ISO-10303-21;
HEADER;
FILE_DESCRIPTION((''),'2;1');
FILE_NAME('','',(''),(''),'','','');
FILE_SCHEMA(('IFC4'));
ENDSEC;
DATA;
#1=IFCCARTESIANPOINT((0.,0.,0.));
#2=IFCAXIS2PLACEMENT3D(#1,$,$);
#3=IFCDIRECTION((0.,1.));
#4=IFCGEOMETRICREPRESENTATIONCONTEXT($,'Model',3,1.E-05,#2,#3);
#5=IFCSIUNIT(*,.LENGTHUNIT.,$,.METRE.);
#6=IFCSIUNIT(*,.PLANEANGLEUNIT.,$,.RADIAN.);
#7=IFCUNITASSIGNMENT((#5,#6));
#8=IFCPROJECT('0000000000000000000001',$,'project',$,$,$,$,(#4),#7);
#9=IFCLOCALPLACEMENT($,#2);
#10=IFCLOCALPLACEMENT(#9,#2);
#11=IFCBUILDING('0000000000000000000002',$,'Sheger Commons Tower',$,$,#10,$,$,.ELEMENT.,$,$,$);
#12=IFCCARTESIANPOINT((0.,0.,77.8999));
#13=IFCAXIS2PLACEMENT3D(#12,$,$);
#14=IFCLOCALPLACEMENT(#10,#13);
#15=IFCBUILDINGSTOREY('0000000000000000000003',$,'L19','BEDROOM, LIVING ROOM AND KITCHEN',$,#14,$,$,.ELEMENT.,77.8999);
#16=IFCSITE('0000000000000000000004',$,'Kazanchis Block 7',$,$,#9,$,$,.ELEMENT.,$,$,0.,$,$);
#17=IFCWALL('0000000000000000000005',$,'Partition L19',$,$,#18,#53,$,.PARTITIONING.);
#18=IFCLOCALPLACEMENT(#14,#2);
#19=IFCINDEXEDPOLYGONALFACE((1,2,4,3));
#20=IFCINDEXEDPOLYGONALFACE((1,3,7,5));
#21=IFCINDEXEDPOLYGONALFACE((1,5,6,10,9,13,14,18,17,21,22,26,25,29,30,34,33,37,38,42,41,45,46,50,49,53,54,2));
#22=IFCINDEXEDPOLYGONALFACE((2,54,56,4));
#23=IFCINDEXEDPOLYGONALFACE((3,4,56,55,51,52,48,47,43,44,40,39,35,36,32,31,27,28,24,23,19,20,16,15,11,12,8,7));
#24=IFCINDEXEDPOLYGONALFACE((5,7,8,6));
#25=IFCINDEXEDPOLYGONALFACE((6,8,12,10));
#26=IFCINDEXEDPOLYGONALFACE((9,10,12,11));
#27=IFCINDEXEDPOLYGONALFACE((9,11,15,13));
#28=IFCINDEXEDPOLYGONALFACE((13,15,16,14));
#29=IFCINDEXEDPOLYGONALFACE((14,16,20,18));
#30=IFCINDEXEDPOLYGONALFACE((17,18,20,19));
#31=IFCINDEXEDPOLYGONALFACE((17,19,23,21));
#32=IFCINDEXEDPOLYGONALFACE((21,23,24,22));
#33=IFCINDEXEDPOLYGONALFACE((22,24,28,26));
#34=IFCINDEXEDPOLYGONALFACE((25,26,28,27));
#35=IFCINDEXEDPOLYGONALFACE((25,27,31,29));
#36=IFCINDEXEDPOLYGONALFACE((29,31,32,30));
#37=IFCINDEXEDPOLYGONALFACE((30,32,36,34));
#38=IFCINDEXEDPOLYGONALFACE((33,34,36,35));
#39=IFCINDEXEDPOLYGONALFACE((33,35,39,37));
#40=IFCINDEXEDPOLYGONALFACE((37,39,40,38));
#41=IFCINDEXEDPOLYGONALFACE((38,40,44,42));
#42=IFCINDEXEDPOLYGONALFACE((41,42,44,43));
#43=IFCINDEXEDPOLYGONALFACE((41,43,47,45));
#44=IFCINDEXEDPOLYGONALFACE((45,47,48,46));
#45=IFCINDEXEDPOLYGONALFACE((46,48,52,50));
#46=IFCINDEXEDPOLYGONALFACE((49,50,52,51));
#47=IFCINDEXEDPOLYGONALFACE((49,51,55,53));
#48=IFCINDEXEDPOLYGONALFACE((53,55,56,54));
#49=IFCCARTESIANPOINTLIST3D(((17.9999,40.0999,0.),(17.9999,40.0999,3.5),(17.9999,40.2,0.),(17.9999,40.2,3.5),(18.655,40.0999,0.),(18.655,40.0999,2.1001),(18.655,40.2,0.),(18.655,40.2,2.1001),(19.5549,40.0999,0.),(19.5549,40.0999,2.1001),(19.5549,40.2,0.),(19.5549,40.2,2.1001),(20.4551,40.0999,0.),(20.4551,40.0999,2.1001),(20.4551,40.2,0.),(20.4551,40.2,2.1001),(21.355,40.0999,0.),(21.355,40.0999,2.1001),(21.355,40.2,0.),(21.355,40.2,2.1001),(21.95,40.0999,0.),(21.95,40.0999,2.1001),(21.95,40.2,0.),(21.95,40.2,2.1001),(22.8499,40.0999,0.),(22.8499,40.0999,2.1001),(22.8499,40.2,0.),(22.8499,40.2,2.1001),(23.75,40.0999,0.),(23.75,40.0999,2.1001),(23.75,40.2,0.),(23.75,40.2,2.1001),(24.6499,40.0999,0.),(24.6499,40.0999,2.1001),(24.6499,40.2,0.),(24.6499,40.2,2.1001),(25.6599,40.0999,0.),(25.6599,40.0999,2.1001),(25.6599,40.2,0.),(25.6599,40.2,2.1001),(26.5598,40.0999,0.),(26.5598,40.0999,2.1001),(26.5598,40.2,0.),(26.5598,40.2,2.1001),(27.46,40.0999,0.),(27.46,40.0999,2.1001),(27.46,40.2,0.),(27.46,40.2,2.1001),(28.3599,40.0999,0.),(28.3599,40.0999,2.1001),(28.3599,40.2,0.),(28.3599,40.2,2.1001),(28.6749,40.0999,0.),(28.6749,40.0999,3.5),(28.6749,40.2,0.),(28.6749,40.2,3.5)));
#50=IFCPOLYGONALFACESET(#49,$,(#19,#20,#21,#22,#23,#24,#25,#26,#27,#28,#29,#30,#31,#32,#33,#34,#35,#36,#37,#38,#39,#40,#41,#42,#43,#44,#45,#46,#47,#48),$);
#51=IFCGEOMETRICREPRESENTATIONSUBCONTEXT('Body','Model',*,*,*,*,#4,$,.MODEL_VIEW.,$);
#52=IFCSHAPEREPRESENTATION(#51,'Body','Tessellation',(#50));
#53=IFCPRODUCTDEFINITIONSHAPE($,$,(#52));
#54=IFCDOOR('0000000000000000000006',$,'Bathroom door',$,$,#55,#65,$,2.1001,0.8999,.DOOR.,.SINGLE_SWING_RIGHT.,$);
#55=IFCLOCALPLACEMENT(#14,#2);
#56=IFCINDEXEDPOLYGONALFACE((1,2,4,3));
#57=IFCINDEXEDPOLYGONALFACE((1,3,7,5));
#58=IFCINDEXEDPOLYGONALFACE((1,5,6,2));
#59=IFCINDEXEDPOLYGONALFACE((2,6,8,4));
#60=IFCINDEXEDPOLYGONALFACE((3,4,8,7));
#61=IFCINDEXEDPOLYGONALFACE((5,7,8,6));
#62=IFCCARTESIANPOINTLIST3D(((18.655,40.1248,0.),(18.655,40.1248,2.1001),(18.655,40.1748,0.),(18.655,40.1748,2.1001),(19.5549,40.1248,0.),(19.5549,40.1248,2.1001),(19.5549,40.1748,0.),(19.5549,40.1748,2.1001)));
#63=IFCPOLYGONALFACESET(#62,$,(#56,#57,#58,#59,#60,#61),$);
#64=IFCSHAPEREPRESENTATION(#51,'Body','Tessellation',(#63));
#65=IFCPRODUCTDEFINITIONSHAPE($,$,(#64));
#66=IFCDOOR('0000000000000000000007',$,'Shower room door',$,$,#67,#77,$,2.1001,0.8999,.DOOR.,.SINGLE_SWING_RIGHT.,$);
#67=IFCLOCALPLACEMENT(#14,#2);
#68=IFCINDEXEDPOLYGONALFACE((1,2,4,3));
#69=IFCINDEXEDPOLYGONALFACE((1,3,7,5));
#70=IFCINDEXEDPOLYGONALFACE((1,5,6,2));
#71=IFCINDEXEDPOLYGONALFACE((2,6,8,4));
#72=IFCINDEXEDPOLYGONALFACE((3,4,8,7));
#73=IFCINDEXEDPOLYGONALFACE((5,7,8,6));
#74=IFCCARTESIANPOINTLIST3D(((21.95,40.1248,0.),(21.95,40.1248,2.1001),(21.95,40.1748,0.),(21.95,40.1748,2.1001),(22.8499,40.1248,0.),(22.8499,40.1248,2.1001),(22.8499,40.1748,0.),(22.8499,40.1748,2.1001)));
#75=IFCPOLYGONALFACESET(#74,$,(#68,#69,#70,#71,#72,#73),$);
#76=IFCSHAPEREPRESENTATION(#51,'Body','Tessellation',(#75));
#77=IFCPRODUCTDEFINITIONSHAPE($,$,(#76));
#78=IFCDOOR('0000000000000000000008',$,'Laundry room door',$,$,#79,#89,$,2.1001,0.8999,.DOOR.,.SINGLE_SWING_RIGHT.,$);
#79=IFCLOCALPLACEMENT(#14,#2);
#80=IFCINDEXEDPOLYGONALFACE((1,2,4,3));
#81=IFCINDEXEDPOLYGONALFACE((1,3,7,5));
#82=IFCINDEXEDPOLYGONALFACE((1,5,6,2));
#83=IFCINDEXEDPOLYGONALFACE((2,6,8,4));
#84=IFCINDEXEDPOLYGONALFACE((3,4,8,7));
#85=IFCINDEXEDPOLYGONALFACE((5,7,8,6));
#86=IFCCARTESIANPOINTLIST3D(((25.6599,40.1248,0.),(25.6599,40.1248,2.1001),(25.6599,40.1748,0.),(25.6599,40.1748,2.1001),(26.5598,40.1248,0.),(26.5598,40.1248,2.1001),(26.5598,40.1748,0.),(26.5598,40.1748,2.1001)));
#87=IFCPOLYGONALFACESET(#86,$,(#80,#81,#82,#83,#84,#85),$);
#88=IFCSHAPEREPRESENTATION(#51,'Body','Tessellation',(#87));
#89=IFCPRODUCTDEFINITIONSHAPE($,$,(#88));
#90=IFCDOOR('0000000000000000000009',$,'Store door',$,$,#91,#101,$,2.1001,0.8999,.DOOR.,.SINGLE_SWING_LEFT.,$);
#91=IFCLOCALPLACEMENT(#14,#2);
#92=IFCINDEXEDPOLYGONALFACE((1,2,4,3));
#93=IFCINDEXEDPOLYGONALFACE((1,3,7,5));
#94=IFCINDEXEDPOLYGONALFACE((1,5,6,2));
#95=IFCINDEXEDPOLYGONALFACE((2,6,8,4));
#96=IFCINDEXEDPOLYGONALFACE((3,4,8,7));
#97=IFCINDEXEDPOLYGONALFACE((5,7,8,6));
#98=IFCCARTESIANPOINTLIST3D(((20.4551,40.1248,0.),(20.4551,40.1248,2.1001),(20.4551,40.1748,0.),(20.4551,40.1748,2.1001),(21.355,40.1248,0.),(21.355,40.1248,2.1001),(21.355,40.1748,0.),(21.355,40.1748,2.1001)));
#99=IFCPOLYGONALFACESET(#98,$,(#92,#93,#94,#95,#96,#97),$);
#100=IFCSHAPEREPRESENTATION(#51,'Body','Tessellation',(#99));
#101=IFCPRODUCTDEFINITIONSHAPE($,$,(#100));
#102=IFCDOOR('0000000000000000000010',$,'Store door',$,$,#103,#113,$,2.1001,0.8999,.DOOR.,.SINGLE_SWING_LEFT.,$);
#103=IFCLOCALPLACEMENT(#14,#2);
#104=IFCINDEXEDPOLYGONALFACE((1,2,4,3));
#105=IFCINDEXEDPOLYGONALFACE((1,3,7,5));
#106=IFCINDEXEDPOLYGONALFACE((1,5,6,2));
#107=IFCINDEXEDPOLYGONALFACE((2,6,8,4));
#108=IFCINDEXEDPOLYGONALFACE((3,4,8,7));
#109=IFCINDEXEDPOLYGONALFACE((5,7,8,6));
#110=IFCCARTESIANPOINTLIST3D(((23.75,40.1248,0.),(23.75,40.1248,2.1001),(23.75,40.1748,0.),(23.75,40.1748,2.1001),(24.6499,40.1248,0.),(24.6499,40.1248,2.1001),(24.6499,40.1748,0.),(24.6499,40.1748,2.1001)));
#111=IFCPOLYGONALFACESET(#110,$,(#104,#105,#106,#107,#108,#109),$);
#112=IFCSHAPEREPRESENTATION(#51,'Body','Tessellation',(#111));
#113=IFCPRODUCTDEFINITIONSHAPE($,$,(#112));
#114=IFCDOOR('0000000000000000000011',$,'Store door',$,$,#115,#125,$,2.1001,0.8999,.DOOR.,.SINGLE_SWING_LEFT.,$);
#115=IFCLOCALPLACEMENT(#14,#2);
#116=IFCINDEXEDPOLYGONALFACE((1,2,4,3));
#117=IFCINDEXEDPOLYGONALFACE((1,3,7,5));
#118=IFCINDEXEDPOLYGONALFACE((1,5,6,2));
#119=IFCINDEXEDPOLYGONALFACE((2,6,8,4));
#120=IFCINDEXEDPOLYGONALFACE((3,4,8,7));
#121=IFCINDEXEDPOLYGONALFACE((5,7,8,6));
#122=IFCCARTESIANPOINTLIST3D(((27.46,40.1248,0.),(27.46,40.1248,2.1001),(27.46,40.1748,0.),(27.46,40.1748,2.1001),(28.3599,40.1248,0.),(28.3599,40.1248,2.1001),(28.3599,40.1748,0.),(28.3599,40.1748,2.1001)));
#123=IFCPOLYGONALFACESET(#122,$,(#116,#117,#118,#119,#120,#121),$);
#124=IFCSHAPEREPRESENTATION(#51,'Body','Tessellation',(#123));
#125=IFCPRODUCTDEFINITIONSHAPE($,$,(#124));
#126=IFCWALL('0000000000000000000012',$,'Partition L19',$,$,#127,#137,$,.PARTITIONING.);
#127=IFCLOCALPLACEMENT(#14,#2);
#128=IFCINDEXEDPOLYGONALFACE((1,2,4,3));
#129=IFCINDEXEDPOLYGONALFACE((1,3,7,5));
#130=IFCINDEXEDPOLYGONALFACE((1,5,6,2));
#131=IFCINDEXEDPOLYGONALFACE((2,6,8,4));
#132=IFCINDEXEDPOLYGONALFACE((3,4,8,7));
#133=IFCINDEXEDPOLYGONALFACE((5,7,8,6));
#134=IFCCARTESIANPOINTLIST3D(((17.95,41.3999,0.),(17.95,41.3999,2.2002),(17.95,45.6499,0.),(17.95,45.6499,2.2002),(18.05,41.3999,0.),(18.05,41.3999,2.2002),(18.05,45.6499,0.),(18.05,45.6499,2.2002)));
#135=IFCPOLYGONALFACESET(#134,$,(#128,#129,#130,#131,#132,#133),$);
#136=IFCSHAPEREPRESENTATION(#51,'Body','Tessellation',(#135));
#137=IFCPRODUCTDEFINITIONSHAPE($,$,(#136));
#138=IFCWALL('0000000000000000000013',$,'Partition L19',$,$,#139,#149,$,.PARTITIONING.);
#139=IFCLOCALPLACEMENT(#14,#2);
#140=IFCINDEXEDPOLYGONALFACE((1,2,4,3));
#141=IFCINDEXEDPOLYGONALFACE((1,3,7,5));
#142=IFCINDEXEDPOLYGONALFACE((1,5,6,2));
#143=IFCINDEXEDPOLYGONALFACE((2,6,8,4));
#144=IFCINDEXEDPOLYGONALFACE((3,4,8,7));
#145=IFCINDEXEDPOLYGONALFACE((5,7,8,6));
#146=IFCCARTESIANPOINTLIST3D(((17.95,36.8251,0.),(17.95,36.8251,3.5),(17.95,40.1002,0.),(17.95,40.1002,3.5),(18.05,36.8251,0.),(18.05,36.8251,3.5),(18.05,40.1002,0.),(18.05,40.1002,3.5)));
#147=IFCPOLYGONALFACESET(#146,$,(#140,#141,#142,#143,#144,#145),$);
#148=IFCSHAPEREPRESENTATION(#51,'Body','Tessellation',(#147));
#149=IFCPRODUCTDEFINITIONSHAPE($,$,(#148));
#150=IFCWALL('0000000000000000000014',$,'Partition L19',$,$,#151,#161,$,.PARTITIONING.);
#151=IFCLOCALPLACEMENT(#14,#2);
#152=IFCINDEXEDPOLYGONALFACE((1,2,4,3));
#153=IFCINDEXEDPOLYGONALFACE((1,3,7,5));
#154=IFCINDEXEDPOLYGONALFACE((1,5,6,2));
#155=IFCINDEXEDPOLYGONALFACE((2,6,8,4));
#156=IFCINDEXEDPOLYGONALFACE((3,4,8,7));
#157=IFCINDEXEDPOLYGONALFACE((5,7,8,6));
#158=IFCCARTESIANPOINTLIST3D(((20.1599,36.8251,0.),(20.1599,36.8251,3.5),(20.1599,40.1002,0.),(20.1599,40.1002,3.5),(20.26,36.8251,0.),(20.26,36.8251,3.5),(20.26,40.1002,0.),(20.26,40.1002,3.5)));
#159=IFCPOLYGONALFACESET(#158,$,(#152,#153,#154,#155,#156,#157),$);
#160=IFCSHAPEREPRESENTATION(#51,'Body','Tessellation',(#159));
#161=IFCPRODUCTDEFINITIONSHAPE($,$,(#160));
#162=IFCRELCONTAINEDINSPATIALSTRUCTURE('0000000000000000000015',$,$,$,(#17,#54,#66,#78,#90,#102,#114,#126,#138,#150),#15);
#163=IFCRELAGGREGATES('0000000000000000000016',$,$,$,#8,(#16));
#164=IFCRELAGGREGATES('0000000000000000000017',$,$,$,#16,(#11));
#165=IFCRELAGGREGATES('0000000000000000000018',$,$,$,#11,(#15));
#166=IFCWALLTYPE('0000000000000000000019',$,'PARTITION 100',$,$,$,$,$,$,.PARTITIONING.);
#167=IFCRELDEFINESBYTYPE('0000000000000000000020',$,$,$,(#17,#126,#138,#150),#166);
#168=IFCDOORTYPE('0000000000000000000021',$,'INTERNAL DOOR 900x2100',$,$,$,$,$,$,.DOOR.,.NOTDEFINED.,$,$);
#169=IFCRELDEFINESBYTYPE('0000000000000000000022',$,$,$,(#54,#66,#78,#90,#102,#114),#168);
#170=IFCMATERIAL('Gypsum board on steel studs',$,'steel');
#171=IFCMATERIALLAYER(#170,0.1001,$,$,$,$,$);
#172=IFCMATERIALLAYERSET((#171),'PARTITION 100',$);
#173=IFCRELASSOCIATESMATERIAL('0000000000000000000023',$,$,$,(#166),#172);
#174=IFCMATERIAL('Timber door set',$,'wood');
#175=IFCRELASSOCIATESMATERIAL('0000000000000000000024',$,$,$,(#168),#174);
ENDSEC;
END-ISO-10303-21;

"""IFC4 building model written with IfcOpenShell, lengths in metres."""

from ifc_helpers import new_model, si_unit, direction, frame, frame_2d, origin, place, context, subcontext, project, spatial, rectangle, extrude, material, layer, layer_set, type_object, element, fill, save


model = new_model("IFC4")

# Units and contexts
model_context = context("Model", 3, precision=1e-05, world=origin(), true_north=direction((0.0, 1.0)))
body_context = subcontext(model_context, "Body", "Model", "MODEL_VIEW")
ifc_project = project(units=[si_unit("LENGTHUNIT", "METRE"), si_unit("PLANEANGLEUNIT", "RADIAN")], contexts=[model_context])

# Site, building, storey
site_placement = place(None, origin())
site = spatial("IfcSite", under=ifc_project, at=site_placement, Name="Kazanchis Block 7", CompositionType="ELEMENT", RefElevation=0.0)
building_placement = place(site_placement, origin())
building = spatial("IfcBuilding", under=site, at=building_placement, Name="Sheger Commons Tower", CompositionType="ELEMENT")
storey_placement = place(building_placement, frame((0.0, 0.0, 77.8999)))
storey = spatial("IfcBuildingStorey", under=building, at=storey_placement, Name="L19", Description="BEDROOM, LIVING ROOM AND KITCHEN", CompositionType="ELEMENT", Elevation=77.8999)

# Wall, openings, doors
ifc_material_1 = material(Name="Gypsum board on steel studs", Category="steel")
ifc_layer_1 = layer(ifc_material_1, 0.1001)
ifc_layer_set_1 = layer_set([ifc_layer_1], Name="PARTITION 100")
wall_type_1 = type_object("IfcWallType", Name="PARTITION 100", PredefinedType="PARTITIONING", material=ifc_layer_set_1)
ifc_material_2 = material(Name="Timber door set", Category="wood")
door_type_1 = type_object("IfcDoorType", Name="INTERNAL DOOR 900x2100", OperationType="NOTDEFINED", PredefinedType="DOOR", material=ifc_material_2)
wall_1_placement = place(storey_placement, frame((18.0, 40.1499, 0.0), z_axis=(0.0, 0.0, 1.0), x_axis=(1.0, 0.0, 0.0)))
wall_1 = element("IfcWall", 1, at=wall_1_placement, inside=storey, type_object=wall_type_1, Name="Partition L19", PredefinedType="PARTITIONING", context=body_context, shape_type="SweptSolid", body=[
    extrude(rectangle(XDim=10.675, YDim=0.1001, at=frame_2d((5.3374, 0.0))), origin(), (0.0, 0.0, 1.0), 3.5),
])
opening_1_placement = place(wall_1_placement, frame((0.655, 0.0, 0.0)))
opening_1 = element("IfcOpeningElement", 2, at=opening_1_placement, cuts=wall_1, PredefinedType="OPENING", context=body_context, shape_type="SweptSolid", body=[
    extrude(rectangle(XDim=0.8999, YDim=2.1001, at=frame_2d((0.45, 1.05))), frame((0.0, 0.0601, 0.0), z_axis=(0.0, -1.0, 0.0), x_axis=(1.0, 0.0, 0.0)), (0.0, 0.0, 1.0), 0.1201),
])
opening_2_placement = place(wall_1_placement, frame((3.95, 0.0, 0.0)))
opening_2 = element("IfcOpeningElement", 3, at=opening_2_placement, cuts=wall_1, PredefinedType="OPENING", context=body_context, shape_type="SweptSolid", body=[
    extrude(rectangle(XDim=0.8999, YDim=2.1001, at=frame_2d((0.45, 1.05))), frame((0.0, 0.0601, 0.0), z_axis=(0.0, -1.0, 0.0), x_axis=(1.0, 0.0, 0.0)), (0.0, 0.0, 1.0), 0.1201),
])
opening_3_placement = place(wall_1_placement, frame((7.6599, 0.0, 0.0)))
opening_3 = element("IfcOpeningElement", 4, at=opening_3_placement, cuts=wall_1, PredefinedType="OPENING", context=body_context, shape_type="SweptSolid", body=[
    extrude(rectangle(XDim=0.8999, YDim=2.1001, at=frame_2d((0.45, 1.05))), frame((0.0, 0.0601, 0.0), z_axis=(0.0, -1.0, 0.0), x_axis=(1.0, 0.0, 0.0)), (0.0, 0.0, 1.0), 0.1201),
])
opening_4_placement = place(wall_1_placement, frame((2.4551, 0.0, 0.0)))
opening_4 = element("IfcOpeningElement", 5, at=opening_4_placement, cuts=wall_1, PredefinedType="OPENING", context=body_context, shape_type="SweptSolid", body=[
    extrude(rectangle(XDim=0.8999, YDim=2.1001, at=frame_2d((0.45, 1.05))), frame((0.0, 0.0601, 0.0), z_axis=(0.0, -1.0, 0.0), x_axis=(1.0, 0.0, 0.0)), (0.0, 0.0, 1.0), 0.1201),
])
opening_5_placement = place(wall_1_placement, frame((5.75, 0.0, 0.0)))
opening_5 = element("IfcOpeningElement", 6, at=opening_5_placement, cuts=wall_1, PredefinedType="OPENING", context=body_context, shape_type="SweptSolid", body=[
    extrude(rectangle(XDim=0.8999, YDim=2.1001, at=frame_2d((0.45, 1.05))), frame((0.0, 0.0601, 0.0), z_axis=(0.0, -1.0, 0.0), x_axis=(1.0, 0.0, 0.0)), (0.0, 0.0, 1.0), 0.1201),
])
opening_6_placement = place(wall_1_placement, frame((9.46, 0.0, 0.0)))
opening_6 = element("IfcOpeningElement", 7, at=opening_6_placement, cuts=wall_1, PredefinedType="OPENING", context=body_context, shape_type="SweptSolid", body=[
    extrude(rectangle(XDim=0.8999, YDim=2.1001, at=frame_2d((0.45, 1.05))), frame((0.0, 0.0601, 0.0), z_axis=(0.0, -1.0, 0.0), x_axis=(1.0, 0.0, 0.0)), (0.0, 0.0, 1.0), 0.1201),
])
door_1_placement = place(opening_1_placement, origin())
door_1 = element("IfcDoor", 8, at=door_1_placement, inside=storey, type_object=door_type_1, Name="Bathroom door", OperationType="SINGLE_SWING_RIGHT", OverallHeight=2.1001, OverallWidth=0.8999, PredefinedType="DOOR", context=body_context, shape_type="SweptSolid", body=[
    extrude(rectangle(XDim=0.8999, YDim=2.1001, at=frame_2d((0.45, 1.05))), frame((0.0, 0.0249, 0.0), z_axis=(0.0, -1.0, 0.0), x_axis=(1.0, 0.0, 0.0)), (0.0, 0.0, 1.0), 0.05),
])
fill(opening_1, door_1)
door_2_placement = place(opening_2_placement, origin())
door_2 = element("IfcDoor", 9, at=door_2_placement, inside=storey, type_object=door_type_1, Name="Shower room door", OperationType="SINGLE_SWING_RIGHT", OverallHeight=2.1001, OverallWidth=0.8999, PredefinedType="DOOR", context=body_context, shape_type="SweptSolid", body=[
    extrude(rectangle(XDim=0.8999, YDim=2.1001, at=frame_2d((0.45, 1.05))), frame((0.0, 0.0249, 0.0), z_axis=(0.0, -1.0, 0.0), x_axis=(1.0, 0.0, 0.0)), (0.0, 0.0, 1.0), 0.05),
])
fill(opening_2, door_2)
door_3_placement = place(opening_3_placement, origin())
door_3 = element("IfcDoor", 10, at=door_3_placement, inside=storey, type_object=door_type_1, Name="Laundry room door", OperationType="SINGLE_SWING_RIGHT", OverallHeight=2.1001, OverallWidth=0.8999, PredefinedType="DOOR", context=body_context, shape_type="SweptSolid", body=[
    extrude(rectangle(XDim=0.8999, YDim=2.1001, at=frame_2d((0.45, 1.05))), frame((0.0, 0.0249, 0.0), z_axis=(0.0, -1.0, 0.0), x_axis=(1.0, 0.0, 0.0)), (0.0, 0.0, 1.0), 0.05),
])
fill(opening_3, door_3)
door_4_placement = place(opening_4_placement, origin())
door_4 = element("IfcDoor", 11, at=door_4_placement, inside=storey, type_object=door_type_1, Name="Store door", OperationType="SINGLE_SWING_LEFT", OverallHeight=2.1001, OverallWidth=0.8999, PredefinedType="DOOR", context=body_context, shape_type="SweptSolid", body=[
    extrude(rectangle(XDim=0.8999, YDim=2.1001, at=frame_2d((0.45, 1.05))), frame((0.0, 0.0249, 0.0), z_axis=(0.0, -1.0, 0.0), x_axis=(1.0, 0.0, 0.0)), (0.0, 0.0, 1.0), 0.05),
])
fill(opening_4, door_4)
door_5_placement = place(opening_5_placement, origin())
door_5 = element("IfcDoor", 12, at=door_5_placement, inside=storey, type_object=door_type_1, Name="Store door", OperationType="SINGLE_SWING_LEFT", OverallHeight=2.1001, OverallWidth=0.8999, PredefinedType="DOOR", context=body_context, shape_type="SweptSolid", body=[
    extrude(rectangle(XDim=0.8999, YDim=2.1001, at=frame_2d((0.45, 1.05))), frame((0.0, 0.0249, 0.0), z_axis=(0.0, -1.0, 0.0), x_axis=(1.0, 0.0, 0.0)), (0.0, 0.0, 1.0), 0.05),
])
fill(opening_5, door_5)
door_6_placement = place(opening_6_placement, origin())
door_6 = element("IfcDoor", 13, at=door_6_placement, inside=storey, type_object=door_type_1, Name="Store door", OperationType="SINGLE_SWING_LEFT", OverallHeight=2.1001, OverallWidth=0.8999, PredefinedType="DOOR", context=body_context, shape_type="SweptSolid", body=[
    extrude(rectangle(XDim=0.8999, YDim=2.1001, at=frame_2d((0.45, 1.05))), frame((0.0, 0.0249, 0.0), z_axis=(0.0, -1.0, 0.0), x_axis=(1.0, 0.0, 0.0)), (0.0, 0.0, 1.0), 0.05),
])
fill(opening_6, door_6)

# Walls
wall_2_placement = place(storey_placement, frame((18.0, 41.3999, 0.0), z_axis=(0.0, 0.0, 1.0), x_axis=(0.0, 1.0, 0.0)))
element("IfcWall", 14, at=wall_2_placement, inside=storey, type_object=wall_type_1, Name="Partition L19", PredefinedType="PARTITIONING", context=body_context, shape_type="SweptSolid", body=[
    extrude(rectangle(XDim=4.25, YDim=0.1001, at=frame_2d((2.125, 0.0))), origin(), (0.0, 0.0, 1.0), 2.2002),
])
for number, where, z_axis, x_axis, name in (
    (15, (18.0, 36.825, 0.0), (0.0, 0.0, 1.0), (0.0, 1.0, 0.0), "Partition L19"),
    (16, (20.21, 36.825, 0.0), (0.0, 0.0, 1.0), (0.0, 1.0, 0.0), "Partition L19"),
):
    element("IfcWall", number, at=place(storey_placement, frame(where, z_axis=z_axis, x_axis=x_axis)), inside=storey, type_object=wall_type_1, Name=name, PredefinedType="PARTITIONING", context=body_context, shape_type="SweptSolid", body=[
        extrude(rectangle(XDim=3.2751, YDim=0.1001, at=frame_2d((1.6377, 0.0))), origin(), (0.0, 0.0, 1.0), 3.5),
    ])

save(model, "model.ifc")
